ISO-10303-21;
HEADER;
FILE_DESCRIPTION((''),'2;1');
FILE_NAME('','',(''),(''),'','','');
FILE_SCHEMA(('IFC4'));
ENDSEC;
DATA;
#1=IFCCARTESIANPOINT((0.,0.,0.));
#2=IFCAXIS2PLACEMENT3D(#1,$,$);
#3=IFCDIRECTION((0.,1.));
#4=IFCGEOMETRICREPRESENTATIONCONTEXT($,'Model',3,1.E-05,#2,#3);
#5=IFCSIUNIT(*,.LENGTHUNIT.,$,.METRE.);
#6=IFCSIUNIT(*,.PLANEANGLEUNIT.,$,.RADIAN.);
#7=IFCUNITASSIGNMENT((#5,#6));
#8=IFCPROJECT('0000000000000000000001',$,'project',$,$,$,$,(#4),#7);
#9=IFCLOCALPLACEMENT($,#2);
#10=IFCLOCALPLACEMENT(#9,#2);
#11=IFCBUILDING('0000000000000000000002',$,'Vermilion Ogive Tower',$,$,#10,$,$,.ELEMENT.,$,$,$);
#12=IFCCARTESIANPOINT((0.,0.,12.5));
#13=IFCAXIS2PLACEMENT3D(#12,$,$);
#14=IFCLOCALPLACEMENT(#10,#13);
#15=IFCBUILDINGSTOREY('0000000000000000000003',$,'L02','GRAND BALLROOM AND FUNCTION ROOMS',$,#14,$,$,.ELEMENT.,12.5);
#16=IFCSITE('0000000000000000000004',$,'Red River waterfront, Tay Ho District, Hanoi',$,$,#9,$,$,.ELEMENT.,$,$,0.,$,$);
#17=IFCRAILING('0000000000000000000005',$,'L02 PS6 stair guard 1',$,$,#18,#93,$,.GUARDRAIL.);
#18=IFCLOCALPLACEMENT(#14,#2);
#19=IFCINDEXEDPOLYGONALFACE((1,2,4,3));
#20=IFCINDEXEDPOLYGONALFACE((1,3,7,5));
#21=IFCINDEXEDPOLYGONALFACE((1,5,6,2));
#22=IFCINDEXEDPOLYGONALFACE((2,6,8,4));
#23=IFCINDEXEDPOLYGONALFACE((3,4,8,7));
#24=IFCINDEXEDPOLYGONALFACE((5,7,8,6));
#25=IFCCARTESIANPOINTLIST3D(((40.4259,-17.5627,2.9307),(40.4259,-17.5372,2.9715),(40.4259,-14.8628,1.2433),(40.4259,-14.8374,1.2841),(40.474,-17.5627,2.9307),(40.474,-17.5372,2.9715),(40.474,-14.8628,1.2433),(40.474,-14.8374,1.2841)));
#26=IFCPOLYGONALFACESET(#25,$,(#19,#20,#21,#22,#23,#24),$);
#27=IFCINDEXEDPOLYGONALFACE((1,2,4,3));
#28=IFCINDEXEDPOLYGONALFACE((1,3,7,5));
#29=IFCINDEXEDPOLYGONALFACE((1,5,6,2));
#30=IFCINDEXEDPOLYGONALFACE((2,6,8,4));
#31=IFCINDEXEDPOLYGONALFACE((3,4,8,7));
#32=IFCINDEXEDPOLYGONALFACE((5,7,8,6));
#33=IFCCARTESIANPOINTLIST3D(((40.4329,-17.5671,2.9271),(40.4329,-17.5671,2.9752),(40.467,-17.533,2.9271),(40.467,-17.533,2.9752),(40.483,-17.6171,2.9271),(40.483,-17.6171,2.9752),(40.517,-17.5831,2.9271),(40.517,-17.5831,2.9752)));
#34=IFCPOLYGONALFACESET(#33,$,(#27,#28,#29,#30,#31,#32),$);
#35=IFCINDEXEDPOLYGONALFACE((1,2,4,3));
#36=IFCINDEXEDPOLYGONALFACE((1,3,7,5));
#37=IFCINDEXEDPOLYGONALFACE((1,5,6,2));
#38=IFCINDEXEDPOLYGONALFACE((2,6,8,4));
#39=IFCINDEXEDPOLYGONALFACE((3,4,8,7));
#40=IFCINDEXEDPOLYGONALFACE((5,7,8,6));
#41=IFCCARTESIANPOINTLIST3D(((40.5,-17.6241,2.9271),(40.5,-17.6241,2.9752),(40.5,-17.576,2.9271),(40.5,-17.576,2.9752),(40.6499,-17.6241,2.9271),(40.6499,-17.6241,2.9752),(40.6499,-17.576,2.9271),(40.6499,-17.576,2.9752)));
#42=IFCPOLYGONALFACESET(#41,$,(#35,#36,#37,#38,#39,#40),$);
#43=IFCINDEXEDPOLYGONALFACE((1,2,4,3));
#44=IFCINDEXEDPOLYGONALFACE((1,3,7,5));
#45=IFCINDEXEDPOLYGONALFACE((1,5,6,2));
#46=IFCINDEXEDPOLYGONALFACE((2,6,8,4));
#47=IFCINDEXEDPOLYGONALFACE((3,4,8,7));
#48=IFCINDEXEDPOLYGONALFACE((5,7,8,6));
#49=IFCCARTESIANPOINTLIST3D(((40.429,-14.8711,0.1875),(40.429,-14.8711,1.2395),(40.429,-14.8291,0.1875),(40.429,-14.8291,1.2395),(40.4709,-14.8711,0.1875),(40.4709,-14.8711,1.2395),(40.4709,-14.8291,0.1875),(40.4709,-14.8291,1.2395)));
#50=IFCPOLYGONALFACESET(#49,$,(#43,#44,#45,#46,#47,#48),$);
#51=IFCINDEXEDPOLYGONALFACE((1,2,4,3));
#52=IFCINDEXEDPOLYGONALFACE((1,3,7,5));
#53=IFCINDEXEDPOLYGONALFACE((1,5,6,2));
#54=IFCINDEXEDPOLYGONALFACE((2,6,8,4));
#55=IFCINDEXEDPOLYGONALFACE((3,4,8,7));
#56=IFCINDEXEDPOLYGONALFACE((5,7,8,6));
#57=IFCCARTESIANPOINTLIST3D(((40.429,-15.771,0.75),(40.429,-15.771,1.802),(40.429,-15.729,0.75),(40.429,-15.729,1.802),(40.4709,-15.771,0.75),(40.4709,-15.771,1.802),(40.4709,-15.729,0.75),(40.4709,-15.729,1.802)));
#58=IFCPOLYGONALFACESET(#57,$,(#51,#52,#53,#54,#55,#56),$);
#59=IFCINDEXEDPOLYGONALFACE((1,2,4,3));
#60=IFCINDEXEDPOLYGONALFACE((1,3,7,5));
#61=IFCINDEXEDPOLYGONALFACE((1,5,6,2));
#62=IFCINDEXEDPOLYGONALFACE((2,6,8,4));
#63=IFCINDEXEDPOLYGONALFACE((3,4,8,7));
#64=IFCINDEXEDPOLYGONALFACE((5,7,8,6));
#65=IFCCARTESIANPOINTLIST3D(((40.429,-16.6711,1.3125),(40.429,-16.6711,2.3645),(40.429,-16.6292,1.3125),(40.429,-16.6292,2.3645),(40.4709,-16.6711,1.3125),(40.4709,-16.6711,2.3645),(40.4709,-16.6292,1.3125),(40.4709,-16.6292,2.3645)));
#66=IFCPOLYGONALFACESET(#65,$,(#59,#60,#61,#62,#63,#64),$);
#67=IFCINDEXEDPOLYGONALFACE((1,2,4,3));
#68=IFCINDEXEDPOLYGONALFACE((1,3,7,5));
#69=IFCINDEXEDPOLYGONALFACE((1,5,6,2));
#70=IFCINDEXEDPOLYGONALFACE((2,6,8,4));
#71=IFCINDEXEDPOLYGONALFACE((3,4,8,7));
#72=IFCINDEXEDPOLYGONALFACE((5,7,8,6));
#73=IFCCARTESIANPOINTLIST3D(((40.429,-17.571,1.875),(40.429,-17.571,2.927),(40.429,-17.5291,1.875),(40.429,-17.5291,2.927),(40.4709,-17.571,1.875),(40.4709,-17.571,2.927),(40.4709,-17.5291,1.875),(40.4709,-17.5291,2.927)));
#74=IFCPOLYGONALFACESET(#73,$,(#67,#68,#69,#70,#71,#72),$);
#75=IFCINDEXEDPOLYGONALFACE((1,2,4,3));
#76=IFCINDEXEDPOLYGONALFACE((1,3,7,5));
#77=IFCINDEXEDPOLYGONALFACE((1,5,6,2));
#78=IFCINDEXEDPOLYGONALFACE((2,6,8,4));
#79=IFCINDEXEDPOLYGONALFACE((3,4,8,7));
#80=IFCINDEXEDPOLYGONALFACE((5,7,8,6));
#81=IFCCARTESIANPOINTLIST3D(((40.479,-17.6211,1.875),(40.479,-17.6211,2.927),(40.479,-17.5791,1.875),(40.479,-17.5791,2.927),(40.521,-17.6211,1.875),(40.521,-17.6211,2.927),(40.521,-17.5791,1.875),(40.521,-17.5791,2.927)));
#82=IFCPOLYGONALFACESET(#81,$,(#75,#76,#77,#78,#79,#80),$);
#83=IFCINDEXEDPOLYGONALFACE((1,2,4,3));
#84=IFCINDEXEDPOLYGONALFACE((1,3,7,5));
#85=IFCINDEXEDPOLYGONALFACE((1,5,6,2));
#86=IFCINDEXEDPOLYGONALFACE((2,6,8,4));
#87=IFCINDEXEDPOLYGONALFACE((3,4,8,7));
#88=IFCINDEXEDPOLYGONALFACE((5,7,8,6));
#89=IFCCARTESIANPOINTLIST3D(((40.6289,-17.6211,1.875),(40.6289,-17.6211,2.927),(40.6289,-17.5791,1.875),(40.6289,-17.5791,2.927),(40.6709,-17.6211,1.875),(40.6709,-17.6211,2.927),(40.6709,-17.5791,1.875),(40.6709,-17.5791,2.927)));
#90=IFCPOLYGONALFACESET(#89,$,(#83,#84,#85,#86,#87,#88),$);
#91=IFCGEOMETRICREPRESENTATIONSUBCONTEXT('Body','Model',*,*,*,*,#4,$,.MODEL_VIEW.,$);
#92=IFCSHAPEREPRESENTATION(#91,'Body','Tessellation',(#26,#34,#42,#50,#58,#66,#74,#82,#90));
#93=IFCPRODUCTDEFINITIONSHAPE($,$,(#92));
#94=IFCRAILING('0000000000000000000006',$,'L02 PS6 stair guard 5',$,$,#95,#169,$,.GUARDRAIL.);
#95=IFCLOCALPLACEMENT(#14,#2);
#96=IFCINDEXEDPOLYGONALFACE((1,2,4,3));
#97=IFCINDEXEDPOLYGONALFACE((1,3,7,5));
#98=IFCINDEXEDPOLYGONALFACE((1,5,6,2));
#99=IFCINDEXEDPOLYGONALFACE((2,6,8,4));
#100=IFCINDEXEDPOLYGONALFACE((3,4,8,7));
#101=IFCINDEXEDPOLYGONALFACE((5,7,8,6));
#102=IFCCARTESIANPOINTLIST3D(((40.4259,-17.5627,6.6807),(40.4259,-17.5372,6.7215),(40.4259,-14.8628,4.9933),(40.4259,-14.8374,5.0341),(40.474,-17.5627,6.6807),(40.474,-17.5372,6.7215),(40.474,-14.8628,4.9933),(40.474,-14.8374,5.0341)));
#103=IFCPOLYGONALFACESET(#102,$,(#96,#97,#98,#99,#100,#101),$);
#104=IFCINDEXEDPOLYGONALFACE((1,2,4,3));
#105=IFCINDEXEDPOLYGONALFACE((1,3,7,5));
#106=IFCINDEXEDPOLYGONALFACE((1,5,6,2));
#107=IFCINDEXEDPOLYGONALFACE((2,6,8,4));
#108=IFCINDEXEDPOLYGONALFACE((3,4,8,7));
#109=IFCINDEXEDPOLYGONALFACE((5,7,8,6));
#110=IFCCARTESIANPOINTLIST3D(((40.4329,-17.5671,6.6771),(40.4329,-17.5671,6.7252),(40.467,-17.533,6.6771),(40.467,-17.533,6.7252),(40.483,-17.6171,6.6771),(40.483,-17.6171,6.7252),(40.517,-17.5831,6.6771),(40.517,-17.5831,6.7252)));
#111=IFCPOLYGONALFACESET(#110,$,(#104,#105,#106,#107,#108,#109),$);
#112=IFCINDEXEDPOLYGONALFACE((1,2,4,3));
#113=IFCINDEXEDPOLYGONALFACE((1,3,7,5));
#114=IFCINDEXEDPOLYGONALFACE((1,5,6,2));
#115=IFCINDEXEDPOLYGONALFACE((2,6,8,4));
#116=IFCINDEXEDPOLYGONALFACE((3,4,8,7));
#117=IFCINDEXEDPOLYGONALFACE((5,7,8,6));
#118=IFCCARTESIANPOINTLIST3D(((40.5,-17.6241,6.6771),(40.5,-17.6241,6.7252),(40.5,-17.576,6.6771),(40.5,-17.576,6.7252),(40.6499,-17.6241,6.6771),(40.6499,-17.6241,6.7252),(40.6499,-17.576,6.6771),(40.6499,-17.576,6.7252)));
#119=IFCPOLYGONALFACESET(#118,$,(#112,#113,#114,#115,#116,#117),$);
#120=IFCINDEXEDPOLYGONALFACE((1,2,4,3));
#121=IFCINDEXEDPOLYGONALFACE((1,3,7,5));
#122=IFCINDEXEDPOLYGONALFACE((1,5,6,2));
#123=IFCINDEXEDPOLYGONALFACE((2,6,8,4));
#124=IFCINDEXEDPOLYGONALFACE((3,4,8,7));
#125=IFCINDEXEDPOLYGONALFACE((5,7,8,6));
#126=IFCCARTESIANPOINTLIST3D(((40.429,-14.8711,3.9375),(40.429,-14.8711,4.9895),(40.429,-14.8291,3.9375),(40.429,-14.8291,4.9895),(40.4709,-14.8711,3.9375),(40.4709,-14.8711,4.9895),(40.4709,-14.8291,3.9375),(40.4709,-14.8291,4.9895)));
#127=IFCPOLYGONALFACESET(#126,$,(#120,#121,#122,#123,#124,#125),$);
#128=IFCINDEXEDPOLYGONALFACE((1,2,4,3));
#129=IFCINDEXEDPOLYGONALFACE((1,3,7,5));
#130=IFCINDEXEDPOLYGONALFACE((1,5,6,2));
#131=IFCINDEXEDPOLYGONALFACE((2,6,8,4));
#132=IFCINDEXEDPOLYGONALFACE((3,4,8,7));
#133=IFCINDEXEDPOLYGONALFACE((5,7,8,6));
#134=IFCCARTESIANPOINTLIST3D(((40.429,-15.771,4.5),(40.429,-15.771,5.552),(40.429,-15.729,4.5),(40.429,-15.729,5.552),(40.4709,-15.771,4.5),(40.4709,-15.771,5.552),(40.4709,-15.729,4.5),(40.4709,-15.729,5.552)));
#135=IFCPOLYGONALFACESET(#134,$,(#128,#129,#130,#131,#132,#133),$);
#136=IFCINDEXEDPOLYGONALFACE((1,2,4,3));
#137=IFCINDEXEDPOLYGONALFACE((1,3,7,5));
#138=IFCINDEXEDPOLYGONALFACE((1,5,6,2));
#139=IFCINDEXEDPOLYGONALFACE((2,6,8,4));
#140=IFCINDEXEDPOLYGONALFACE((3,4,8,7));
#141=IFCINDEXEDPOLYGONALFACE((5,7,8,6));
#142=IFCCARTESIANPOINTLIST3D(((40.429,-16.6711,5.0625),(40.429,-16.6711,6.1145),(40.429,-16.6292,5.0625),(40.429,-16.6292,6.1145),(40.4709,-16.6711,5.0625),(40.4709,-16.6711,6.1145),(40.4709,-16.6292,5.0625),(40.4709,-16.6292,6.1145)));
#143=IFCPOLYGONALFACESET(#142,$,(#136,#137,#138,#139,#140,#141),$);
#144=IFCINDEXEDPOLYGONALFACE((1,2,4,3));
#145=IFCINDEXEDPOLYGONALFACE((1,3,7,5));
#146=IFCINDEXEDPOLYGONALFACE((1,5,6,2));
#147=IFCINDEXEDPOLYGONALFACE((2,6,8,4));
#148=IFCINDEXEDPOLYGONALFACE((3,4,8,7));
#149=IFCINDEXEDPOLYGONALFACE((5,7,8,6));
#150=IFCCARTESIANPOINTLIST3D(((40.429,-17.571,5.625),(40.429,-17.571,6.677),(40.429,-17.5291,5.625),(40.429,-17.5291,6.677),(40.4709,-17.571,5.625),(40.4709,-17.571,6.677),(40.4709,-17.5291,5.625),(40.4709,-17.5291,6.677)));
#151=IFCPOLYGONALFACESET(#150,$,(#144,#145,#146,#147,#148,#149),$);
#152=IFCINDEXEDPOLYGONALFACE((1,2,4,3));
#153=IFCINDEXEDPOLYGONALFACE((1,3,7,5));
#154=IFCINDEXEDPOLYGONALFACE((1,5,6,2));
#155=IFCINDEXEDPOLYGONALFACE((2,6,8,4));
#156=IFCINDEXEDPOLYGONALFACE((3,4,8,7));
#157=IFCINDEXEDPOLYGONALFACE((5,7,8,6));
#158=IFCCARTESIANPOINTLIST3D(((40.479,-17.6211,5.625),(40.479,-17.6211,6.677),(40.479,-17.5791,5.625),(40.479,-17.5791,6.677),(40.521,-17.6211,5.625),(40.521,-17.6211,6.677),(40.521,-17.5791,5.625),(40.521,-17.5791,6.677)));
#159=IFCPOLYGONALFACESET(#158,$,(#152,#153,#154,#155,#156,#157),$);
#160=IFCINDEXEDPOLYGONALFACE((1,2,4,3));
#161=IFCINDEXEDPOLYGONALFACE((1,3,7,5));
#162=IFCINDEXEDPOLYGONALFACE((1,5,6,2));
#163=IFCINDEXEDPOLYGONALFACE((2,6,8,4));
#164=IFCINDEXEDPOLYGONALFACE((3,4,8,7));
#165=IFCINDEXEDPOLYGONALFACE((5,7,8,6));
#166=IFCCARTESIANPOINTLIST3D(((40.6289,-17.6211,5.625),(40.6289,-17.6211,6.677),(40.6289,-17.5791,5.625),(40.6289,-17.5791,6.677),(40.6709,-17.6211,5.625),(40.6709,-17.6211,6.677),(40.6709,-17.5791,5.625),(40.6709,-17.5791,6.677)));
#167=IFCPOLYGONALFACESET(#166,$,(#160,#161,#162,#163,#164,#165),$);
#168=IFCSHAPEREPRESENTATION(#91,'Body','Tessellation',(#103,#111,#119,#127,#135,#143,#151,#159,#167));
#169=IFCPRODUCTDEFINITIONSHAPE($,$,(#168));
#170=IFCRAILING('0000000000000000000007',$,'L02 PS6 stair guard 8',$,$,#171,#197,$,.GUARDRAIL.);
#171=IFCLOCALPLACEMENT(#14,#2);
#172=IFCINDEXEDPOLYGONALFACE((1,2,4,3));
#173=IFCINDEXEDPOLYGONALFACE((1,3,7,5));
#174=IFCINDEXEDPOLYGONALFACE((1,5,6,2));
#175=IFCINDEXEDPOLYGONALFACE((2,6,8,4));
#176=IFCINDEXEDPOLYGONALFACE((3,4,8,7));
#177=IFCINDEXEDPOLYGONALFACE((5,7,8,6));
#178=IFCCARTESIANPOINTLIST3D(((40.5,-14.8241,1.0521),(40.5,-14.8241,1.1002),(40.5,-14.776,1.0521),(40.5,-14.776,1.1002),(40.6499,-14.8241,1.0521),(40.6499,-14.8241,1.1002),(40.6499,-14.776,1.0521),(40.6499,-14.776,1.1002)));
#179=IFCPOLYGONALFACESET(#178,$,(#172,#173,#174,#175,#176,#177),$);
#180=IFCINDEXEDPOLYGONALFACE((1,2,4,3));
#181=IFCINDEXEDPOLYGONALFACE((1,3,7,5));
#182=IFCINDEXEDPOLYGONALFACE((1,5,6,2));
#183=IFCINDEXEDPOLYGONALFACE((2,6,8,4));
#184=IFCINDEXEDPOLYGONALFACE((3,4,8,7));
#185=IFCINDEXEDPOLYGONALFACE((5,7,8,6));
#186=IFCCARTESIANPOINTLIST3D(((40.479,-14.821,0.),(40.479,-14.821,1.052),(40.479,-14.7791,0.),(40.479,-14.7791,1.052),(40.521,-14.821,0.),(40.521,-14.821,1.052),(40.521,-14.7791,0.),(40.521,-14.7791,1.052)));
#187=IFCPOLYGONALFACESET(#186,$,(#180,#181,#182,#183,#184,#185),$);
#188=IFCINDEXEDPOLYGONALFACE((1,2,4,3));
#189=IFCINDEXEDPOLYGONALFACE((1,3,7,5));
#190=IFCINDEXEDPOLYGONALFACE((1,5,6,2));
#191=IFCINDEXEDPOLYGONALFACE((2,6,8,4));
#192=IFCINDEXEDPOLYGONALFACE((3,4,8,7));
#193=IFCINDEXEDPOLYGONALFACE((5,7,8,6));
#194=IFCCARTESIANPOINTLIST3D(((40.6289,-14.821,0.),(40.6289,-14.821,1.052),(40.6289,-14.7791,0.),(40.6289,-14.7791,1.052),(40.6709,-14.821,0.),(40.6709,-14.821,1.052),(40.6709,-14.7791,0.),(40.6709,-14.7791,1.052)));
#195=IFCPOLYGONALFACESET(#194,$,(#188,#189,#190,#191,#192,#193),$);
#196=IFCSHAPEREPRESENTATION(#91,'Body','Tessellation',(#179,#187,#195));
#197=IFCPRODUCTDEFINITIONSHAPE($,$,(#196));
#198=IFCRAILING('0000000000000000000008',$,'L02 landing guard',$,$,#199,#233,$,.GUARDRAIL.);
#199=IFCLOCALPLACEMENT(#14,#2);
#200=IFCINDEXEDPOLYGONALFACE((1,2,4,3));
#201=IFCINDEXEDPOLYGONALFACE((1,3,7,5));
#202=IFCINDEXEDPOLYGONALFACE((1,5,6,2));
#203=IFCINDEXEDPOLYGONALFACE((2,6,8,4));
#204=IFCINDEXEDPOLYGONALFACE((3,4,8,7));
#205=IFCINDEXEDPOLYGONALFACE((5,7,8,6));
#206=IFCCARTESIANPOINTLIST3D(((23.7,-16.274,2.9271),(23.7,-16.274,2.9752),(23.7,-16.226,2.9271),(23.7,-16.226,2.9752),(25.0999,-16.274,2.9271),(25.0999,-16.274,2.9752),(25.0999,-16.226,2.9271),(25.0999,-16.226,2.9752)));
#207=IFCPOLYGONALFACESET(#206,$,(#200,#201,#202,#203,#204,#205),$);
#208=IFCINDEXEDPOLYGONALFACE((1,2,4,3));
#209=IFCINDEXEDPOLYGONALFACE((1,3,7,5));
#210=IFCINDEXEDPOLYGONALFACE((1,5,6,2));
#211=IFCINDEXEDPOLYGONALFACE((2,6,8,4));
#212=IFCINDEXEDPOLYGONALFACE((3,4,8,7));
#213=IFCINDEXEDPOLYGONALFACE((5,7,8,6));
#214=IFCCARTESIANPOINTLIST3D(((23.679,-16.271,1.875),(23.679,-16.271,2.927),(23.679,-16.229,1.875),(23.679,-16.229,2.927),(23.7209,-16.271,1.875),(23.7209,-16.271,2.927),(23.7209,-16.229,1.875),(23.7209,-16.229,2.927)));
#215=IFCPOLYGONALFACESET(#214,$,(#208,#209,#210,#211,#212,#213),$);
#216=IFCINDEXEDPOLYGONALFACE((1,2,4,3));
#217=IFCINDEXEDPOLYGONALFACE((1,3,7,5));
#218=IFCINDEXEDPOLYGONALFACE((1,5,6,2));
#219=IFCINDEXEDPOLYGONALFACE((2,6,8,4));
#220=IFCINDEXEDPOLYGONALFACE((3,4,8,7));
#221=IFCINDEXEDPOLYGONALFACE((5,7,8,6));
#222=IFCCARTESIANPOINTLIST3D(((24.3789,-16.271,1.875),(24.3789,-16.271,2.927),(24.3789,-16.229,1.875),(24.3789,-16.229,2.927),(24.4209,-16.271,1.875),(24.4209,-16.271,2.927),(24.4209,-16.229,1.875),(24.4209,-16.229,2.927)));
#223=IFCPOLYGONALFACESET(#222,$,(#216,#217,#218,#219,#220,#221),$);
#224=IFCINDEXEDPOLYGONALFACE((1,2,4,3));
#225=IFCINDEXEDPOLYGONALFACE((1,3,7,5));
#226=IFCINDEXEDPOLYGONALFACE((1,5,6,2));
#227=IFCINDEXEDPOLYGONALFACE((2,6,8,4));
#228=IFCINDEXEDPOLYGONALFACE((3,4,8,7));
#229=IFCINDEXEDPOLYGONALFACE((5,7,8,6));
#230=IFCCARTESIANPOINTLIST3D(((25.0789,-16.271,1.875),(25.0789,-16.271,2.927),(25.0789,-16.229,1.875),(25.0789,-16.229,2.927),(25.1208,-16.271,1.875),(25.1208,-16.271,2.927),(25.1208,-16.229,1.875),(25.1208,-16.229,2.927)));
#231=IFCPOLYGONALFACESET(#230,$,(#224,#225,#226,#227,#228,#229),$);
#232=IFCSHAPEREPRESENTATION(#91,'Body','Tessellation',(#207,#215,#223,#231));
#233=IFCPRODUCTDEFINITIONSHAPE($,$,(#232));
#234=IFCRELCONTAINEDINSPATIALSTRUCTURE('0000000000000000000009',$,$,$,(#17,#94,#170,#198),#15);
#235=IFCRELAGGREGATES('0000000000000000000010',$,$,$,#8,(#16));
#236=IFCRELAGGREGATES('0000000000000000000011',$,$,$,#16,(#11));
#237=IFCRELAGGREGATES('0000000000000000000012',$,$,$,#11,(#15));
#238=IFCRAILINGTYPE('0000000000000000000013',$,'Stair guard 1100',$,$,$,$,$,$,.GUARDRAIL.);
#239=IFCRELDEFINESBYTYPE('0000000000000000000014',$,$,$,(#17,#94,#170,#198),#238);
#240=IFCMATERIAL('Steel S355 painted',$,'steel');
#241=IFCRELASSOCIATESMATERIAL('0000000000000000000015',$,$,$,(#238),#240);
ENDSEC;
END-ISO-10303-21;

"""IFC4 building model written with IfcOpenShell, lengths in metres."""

from ifc_helpers import new_model, si_unit, direction, frame, origin, origin_2d, place, context, subcontext, project, spatial, rectangle, extrude, material, type_object, element, save


model = new_model("IFC4")

# Units and contexts
model_context = context("Model", 3, precision=1e-05, world=origin(), true_north=direction((0.0, 1.0)))
body_context = subcontext(model_context, "Body", "Model", "MODEL_VIEW")
ifc_project = project(units=[si_unit("LENGTHUNIT", "METRE"), si_unit("PLANEANGLEUNIT", "RADIAN")], contexts=[model_context])

# Site, building, storey
site_placement = place(None, origin())
site = spatial("IfcSite", under=ifc_project, at=site_placement, Name="Red River waterfront, Tay Ho District, Hanoi", CompositionType="ELEMENT", RefElevation=0.0)
building_placement = place(site_placement, origin())
building = spatial("IfcBuilding", under=site, at=building_placement, Name="Vermilion Ogive Tower", CompositionType="ELEMENT")
storey_placement = place(building_placement, frame((0.0, 0.0, 12.5)))
storey = spatial("IfcBuildingStorey", under=building, at=storey_placement, Name="L02", Description="GRAND BALLROOM AND FUNCTION ROOMS", CompositionType="ELEMENT", Elevation=12.5)

# Railings
ifc_material_1 = material(Name="Steel S355 painted", Category="steel")
railing_type_1 = type_object("IfcRailingType", Name="Stair guard 1100", PredefinedType="GUARDRAIL", material=ifc_material_1)
for number, where, name in (
    (1, (40.45, -14.8501, 0.1875), "L02 PS6 stair guard 1"),
    (2, (40.45, -14.8501, 3.9375), "L02 PS6 stair guard 5"),
):
    element("IfcRailing", number, at=place(storey_placement, frame(where)), inside=storey, type_object=railing_type_1, Name=name, PredefinedType="GUARDRAIL", context=body_context, shape_type="SweptSolid", body=[
        extrude(rectangle(XDim=0.0481, YDim=0.0481, at=origin_2d()), frame((0.0, 0.0, 1.0762), z_axis=(0.0, -0.847994, 0.530006), x_axis=(1.0, 0.0, 0.0)), (0.0, 0.0, 1.0), 3.1838),
        extrude(rectangle(XDim=0.0481, YDim=0.0481, at=origin_2d()), frame((0.0, -2.7, 2.7637), z_axis=(0.707107, -0.707107, 0.0), x_axis=(0.707107, 0.707107, 0.0)), (0.0, 0.0, 1.0), 0.0708),
        extrude(rectangle(XDim=0.0481, YDim=0.0481, at=origin_2d()), frame((0.05, -2.75, 2.7637), z_axis=(1.0, 0.0, 0.0), x_axis=(0.0, 1.0, 0.0)), (0.0, 0.0, 1.0), 0.1499),
        extrude(rectangle(XDim=0.042, YDim=0.042, at=origin_2d()), origin(), (0.0, 0.0, 1.0), 1.052),
        extrude(rectangle(XDim=0.042, YDim=0.042, at=origin_2d()), frame((0.0, -0.8999, 0.5625)), (0.0, 0.0, 1.0), 1.052),
        extrude(rectangle(XDim=0.042, YDim=0.042, at=origin_2d()), frame((0.0, -1.8, 1.125)), (0.0, 0.0, 1.0), 1.052),
        extrude(rectangle(XDim=0.042, YDim=0.042, at=origin_2d()), frame((0.0, -2.7, 1.6875)), (0.0, 0.0, 1.0), 1.052),
        extrude(rectangle(XDim=0.042, YDim=0.042, at=origin_2d()), frame((0.05, -2.75, 1.6875)), (0.0, 0.0, 1.0), 1.052),
        extrude(rectangle(XDim=0.042, YDim=0.042, at=origin_2d()), frame((0.2, -2.75, 1.6875)), (0.0, 0.0, 1.0), 1.052),
    ])
railing_1_placement = place(storey_placement, frame((40.5, -14.8, 0.0)))
element("IfcRailing", 3, at=railing_1_placement, inside=storey, type_object=railing_type_1, Name="L02 PS6 stair guard 8", PredefinedType="GUARDRAIL", context=body_context, shape_type="SweptSolid", body=[
    extrude(rectangle(XDim=0.0481, YDim=0.0481, at=origin_2d()), frame((0.0, 0.0, 1.0762), z_axis=(1.0, 0.0, 0.0), x_axis=(0.0, 1.0, 0.0)), (0.0, 0.0, 1.0), 0.1499),
    extrude(rectangle(XDim=0.042, YDim=0.042, at=origin_2d()), origin(), (0.0, 0.0, 1.0), 1.052),
    extrude(rectangle(XDim=0.042, YDim=0.042, at=origin_2d()), frame((0.1499, 0.0, 0.0)), (0.0, 0.0, 1.0), 1.052),
])
for number, where, name in (
    (4, (23.7, -16.25, 1.875), "L02 landing guard"),
):
    element("IfcRailing", number, at=place(storey_placement, frame(where)), inside=storey, type_object=railing_type_1, Name=name, PredefinedType="GUARDRAIL", context=body_context, shape_type="SweptSolid", body=[
        extrude(rectangle(XDim=0.0481, YDim=0.0481, at=origin_2d()), frame((0.0, 0.0, 1.0762), z_axis=(1.0, 0.0, 0.0), x_axis=(0.0, 1.0, 0.0)), (0.0, 0.0, 1.0), 1.3999),
        extrude(rectangle(XDim=0.042, YDim=0.042, at=origin_2d()), origin(), (0.0, 0.0, 1.0), 1.052),
        extrude(rectangle(XDim=0.042, YDim=0.042, at=origin_2d()), frame((0.7, 0.0, 0.0)), (0.0, 0.0, 1.0), 1.052),
        extrude(rectangle(XDim=0.042, YDim=0.042, at=origin_2d()), frame((1.3999, 0.0, 0.0)), (0.0, 0.0, 1.0), 1.052),
    ])

save(model, "model.ifc")
